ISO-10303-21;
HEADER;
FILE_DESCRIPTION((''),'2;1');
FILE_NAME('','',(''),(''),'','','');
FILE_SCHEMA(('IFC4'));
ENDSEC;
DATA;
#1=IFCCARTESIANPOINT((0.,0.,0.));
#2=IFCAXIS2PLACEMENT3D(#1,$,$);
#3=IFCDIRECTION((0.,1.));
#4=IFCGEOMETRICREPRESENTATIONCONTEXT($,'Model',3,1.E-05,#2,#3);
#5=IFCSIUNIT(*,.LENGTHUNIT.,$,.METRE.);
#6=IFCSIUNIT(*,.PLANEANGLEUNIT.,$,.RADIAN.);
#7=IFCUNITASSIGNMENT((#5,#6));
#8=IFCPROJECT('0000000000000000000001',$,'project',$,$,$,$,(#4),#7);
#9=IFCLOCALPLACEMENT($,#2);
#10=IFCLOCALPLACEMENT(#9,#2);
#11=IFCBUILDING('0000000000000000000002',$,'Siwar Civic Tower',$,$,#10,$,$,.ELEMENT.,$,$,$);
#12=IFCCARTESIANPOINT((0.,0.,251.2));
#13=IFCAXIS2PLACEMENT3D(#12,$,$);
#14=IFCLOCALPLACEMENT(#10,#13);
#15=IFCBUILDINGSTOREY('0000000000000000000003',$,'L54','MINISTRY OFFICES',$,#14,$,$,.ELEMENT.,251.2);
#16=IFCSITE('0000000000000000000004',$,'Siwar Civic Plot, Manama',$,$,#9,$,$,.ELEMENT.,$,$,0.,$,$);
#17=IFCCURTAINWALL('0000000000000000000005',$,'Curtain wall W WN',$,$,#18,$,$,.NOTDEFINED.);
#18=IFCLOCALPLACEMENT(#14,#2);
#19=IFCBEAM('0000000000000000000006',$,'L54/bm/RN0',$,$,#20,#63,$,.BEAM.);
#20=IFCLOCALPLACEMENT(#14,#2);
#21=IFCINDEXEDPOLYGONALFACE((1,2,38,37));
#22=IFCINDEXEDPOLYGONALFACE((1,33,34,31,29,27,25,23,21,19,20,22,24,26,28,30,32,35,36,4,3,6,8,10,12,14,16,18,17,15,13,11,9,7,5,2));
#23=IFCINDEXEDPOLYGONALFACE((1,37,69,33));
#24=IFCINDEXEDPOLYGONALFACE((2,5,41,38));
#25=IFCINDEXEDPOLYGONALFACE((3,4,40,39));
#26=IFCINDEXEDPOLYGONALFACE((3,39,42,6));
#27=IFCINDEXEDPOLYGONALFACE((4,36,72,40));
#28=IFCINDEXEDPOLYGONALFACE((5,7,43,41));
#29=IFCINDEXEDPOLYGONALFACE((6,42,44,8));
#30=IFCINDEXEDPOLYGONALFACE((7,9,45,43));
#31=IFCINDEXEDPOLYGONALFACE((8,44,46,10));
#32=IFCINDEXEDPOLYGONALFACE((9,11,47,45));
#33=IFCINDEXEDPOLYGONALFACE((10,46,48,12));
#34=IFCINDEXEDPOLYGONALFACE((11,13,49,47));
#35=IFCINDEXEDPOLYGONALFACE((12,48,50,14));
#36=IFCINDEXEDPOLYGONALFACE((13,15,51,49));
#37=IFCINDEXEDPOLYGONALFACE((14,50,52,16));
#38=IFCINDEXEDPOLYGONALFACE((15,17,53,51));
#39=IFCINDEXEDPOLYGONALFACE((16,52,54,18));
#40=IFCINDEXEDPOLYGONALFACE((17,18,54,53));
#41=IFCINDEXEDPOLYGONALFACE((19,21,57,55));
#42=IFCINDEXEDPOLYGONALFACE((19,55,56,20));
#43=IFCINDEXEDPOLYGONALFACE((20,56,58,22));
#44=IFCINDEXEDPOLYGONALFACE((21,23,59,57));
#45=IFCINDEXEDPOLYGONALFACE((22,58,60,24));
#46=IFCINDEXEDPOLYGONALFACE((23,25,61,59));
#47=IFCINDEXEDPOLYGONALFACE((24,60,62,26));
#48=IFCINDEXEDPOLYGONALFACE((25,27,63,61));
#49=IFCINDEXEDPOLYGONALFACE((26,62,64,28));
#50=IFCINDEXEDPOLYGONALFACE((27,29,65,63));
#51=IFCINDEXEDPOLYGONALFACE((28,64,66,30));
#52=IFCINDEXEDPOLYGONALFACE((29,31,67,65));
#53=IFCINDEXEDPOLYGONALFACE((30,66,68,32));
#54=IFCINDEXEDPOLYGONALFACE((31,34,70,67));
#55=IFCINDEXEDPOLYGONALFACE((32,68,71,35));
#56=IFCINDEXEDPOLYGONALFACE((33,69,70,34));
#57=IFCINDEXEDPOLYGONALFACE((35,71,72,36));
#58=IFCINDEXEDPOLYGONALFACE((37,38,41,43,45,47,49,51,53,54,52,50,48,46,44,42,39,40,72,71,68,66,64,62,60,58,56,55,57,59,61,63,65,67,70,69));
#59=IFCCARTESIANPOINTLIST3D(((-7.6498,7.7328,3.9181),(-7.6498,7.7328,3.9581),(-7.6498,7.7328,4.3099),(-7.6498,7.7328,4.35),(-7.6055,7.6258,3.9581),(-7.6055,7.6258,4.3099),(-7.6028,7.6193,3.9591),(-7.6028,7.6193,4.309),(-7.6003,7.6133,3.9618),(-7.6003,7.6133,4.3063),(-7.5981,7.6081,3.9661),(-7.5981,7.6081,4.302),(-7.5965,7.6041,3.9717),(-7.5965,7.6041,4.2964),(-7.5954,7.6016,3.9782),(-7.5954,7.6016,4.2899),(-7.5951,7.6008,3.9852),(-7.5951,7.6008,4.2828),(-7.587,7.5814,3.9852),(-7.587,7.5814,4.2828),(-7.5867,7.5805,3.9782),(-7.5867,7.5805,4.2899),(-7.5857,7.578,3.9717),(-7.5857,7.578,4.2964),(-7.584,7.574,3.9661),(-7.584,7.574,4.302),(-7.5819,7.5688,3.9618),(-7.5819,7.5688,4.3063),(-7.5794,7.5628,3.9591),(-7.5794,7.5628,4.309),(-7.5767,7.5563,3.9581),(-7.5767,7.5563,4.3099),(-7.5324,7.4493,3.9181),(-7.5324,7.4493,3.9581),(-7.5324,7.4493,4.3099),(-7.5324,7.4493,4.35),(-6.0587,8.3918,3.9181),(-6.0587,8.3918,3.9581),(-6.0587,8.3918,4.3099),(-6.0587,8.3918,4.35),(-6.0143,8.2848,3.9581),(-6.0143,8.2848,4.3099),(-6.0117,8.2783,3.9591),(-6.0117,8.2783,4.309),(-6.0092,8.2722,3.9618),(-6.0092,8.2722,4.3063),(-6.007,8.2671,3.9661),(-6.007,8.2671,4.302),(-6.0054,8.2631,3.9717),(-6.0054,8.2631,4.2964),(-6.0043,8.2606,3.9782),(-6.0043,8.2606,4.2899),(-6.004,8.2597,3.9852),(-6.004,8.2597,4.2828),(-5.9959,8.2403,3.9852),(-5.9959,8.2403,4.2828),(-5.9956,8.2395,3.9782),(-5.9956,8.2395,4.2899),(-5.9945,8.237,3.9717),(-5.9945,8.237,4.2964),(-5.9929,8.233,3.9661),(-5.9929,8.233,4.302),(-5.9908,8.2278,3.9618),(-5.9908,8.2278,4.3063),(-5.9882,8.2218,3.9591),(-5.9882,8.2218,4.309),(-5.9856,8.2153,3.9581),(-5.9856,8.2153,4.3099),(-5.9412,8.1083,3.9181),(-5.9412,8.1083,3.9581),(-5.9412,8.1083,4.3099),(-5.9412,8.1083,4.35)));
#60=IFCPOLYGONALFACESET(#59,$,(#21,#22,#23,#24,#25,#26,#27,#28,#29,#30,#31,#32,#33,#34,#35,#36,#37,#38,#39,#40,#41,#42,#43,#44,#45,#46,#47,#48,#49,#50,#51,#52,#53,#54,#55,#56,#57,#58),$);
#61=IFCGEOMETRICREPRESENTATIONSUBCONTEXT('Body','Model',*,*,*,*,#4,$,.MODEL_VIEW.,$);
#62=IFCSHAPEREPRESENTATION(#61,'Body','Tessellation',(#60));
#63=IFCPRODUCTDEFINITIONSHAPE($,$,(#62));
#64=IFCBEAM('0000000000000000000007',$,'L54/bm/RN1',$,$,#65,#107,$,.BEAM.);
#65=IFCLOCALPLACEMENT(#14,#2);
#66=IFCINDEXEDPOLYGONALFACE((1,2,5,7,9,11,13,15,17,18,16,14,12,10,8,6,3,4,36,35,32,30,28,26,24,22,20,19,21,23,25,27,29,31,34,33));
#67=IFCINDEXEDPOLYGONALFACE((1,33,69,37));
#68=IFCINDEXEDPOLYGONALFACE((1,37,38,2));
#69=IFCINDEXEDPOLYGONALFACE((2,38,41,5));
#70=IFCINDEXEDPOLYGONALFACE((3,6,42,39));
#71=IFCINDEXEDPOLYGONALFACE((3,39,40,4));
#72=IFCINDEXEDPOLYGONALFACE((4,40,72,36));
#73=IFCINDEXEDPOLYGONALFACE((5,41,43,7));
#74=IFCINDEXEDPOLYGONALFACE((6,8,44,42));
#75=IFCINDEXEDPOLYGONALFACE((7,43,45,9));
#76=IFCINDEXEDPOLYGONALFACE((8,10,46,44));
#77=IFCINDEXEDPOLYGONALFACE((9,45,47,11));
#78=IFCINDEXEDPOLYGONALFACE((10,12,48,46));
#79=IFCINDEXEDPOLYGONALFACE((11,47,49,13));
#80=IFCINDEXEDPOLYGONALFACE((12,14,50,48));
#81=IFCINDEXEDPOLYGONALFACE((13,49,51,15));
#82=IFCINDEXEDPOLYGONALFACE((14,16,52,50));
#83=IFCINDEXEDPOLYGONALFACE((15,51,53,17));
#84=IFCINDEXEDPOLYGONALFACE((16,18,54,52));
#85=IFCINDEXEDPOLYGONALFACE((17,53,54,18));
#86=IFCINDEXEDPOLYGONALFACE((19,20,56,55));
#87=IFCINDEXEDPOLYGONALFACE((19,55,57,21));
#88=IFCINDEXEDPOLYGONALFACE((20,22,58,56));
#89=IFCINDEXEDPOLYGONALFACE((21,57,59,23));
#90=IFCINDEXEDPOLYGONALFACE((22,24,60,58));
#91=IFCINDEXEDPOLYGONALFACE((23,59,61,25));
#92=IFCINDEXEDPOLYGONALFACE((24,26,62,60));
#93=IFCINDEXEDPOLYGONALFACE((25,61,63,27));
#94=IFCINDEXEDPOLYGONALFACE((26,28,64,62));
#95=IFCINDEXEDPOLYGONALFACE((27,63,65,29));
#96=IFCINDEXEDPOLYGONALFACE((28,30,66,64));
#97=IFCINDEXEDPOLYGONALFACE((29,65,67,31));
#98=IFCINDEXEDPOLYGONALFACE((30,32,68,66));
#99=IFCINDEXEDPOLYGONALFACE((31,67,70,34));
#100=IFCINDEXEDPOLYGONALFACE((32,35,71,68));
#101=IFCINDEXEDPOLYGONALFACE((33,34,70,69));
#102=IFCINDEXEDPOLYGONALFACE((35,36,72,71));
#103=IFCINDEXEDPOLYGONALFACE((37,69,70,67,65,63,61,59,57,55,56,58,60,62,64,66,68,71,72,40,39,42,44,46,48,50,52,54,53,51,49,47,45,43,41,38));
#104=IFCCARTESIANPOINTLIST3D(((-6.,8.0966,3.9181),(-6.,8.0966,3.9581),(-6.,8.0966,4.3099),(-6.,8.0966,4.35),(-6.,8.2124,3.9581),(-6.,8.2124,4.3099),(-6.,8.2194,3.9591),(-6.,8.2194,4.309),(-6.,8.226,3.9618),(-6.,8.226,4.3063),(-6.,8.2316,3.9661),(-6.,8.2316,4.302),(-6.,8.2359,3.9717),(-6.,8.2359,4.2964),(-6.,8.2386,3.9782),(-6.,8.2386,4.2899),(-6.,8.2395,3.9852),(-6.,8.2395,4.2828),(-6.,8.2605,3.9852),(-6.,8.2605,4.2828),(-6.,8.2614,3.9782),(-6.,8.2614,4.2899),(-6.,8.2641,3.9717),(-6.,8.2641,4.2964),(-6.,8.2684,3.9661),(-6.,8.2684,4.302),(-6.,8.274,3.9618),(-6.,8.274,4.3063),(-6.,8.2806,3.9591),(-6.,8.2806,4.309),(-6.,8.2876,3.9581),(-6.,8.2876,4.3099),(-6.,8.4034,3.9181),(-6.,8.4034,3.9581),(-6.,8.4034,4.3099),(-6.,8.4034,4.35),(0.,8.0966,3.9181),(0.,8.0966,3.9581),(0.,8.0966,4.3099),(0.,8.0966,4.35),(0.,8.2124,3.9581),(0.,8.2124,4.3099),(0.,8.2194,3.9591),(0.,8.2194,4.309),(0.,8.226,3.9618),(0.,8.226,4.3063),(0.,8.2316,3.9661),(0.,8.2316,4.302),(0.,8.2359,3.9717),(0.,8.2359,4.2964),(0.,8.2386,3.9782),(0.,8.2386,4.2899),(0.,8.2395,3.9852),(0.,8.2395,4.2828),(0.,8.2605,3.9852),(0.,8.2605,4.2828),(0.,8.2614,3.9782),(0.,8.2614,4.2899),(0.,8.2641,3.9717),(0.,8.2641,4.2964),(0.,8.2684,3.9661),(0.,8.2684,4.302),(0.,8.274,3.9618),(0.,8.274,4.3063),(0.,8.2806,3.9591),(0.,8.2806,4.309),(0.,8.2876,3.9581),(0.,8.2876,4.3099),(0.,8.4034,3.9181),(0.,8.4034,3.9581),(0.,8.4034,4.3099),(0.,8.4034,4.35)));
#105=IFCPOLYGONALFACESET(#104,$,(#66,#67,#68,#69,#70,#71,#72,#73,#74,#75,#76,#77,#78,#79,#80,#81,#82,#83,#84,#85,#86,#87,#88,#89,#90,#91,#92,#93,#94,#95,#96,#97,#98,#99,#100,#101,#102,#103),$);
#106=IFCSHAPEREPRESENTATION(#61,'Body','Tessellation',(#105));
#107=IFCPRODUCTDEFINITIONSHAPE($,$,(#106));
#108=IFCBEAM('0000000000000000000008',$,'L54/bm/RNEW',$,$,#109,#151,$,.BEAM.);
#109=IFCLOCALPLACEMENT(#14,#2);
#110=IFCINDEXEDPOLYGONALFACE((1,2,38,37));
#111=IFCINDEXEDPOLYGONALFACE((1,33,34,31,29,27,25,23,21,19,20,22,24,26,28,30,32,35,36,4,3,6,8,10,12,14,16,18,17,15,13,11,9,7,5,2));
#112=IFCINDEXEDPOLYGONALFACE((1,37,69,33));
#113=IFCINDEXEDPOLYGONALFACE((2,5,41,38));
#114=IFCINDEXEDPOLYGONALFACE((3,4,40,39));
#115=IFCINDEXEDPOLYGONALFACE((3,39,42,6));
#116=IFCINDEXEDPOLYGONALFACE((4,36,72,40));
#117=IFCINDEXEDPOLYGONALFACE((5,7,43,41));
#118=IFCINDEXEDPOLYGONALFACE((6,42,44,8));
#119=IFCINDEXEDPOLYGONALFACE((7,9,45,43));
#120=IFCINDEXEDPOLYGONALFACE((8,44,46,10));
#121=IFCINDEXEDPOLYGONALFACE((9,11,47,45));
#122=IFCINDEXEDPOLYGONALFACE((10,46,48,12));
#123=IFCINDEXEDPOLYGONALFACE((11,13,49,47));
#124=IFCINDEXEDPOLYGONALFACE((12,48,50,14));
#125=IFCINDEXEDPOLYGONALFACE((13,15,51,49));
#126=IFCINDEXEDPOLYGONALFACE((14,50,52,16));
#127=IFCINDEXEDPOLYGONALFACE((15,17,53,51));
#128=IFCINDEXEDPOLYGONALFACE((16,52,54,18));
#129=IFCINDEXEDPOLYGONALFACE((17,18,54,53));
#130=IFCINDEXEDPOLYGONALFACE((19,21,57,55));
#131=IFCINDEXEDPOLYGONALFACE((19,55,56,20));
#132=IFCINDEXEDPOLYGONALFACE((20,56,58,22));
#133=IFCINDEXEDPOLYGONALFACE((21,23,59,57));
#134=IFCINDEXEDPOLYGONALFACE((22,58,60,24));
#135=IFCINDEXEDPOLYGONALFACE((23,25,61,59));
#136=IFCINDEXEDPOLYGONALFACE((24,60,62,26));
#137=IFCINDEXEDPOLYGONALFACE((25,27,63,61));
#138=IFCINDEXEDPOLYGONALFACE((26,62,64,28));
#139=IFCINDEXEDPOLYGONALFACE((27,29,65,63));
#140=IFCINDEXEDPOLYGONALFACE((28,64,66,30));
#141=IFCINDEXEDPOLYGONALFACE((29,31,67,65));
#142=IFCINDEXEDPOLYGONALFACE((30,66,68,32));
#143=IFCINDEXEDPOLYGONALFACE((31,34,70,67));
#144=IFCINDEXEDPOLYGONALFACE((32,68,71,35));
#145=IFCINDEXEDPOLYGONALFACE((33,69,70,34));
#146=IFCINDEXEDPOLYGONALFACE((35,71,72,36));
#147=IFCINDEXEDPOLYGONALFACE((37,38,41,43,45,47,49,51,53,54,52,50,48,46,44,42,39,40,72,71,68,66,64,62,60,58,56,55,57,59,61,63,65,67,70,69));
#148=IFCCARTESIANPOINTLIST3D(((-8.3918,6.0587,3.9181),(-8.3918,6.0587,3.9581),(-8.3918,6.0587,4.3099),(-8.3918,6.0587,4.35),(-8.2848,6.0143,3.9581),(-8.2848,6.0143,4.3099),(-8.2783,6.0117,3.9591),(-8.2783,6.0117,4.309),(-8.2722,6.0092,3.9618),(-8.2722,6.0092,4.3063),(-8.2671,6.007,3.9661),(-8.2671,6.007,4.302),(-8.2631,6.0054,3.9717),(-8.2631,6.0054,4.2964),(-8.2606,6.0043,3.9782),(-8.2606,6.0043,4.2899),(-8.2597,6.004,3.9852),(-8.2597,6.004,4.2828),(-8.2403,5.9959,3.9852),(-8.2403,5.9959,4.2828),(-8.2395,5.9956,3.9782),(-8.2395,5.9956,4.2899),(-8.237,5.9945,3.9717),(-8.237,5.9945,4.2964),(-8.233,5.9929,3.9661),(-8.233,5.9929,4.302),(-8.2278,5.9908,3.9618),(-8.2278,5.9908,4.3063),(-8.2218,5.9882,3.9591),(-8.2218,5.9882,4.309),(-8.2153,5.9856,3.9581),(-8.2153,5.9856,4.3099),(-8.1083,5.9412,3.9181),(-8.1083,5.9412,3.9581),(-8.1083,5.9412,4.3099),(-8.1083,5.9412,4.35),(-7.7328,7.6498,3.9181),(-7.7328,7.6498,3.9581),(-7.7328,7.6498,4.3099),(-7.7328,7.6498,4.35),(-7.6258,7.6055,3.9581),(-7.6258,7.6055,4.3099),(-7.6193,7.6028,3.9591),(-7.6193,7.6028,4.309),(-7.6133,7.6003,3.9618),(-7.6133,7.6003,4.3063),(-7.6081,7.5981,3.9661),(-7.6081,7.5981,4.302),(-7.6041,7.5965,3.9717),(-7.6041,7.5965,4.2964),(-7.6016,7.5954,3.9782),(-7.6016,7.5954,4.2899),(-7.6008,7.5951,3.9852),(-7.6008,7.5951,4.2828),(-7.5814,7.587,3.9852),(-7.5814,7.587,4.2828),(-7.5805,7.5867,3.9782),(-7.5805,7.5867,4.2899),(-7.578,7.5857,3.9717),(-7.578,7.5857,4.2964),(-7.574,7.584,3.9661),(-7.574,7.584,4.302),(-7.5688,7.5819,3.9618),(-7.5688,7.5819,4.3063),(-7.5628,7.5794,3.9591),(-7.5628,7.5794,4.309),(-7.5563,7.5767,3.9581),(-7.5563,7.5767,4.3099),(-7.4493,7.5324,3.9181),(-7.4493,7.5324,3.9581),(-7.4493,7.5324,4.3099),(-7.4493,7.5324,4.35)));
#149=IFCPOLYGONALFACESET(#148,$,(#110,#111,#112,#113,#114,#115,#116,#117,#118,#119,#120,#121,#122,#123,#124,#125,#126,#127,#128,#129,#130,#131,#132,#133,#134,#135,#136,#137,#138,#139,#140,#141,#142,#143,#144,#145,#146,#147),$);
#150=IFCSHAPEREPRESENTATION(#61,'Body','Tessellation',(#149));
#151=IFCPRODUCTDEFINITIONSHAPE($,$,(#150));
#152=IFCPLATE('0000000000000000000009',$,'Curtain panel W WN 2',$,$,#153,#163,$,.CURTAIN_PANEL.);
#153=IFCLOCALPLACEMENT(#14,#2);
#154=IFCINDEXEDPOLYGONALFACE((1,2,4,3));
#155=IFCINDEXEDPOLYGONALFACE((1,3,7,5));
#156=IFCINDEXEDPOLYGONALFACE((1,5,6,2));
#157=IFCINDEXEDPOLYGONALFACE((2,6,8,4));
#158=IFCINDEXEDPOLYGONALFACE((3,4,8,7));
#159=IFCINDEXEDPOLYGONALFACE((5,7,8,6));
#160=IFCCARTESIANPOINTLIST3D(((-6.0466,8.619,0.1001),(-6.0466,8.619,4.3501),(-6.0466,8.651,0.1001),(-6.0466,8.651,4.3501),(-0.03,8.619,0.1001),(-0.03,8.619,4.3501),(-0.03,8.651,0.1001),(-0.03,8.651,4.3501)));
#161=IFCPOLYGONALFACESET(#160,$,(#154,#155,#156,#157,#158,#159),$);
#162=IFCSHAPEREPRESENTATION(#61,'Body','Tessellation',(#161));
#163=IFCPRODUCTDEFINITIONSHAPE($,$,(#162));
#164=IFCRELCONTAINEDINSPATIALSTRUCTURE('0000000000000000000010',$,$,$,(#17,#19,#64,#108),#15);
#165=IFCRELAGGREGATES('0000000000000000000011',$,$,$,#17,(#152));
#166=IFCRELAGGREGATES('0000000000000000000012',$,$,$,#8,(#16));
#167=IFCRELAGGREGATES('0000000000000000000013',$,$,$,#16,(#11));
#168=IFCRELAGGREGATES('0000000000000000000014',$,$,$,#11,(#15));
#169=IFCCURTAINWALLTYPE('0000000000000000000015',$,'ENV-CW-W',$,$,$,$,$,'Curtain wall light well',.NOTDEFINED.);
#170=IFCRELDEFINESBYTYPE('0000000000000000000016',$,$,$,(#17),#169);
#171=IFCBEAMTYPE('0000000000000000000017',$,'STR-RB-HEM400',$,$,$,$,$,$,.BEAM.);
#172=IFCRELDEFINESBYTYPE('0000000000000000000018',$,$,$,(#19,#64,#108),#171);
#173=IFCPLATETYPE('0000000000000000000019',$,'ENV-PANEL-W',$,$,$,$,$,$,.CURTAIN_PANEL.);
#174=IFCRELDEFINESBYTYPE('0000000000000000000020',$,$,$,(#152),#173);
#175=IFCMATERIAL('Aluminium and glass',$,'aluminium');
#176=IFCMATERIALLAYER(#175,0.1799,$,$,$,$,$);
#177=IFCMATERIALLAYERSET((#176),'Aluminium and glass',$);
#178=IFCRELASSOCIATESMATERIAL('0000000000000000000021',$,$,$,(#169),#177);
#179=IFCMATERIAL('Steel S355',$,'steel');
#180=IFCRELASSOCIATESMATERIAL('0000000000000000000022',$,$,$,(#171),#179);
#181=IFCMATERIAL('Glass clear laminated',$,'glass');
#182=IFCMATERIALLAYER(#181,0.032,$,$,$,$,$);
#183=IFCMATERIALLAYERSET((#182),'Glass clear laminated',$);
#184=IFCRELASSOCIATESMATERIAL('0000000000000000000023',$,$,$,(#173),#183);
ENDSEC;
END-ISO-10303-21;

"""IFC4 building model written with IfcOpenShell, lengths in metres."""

from ifc_helpers import new_model, si_unit, direction, frame, origin, origin_2d, place, context, subcontext, project, spatial, rectangle, i_section, extrude, material, layer, layer_set, material_profile, profile_set, type_object, element, aggregate, save


model = new_model("IFC4")

# Units and contexts
model_context = context("Model", 3, precision=1e-05, world=origin(), true_north=direction((0.0, 1.0)))
body_context = subcontext(model_context, "Body", "Model", "MODEL_VIEW")
ifc_project = project(units=[si_unit("LENGTHUNIT", "METRE"), si_unit("PLANEANGLEUNIT", "RADIAN")], contexts=[model_context])

# Site, building, storey
site_placement = place(None, origin())
site = spatial("IfcSite", under=ifc_project, at=site_placement, Name="Siwar Civic Plot, Manama", CompositionType="ELEMENT", RefElevation=0.0)
building_placement = place(site_placement, origin())
building = spatial("IfcBuilding", under=site, at=building_placement, Name="Siwar Civic Tower", CompositionType="ELEMENT")
storey_placement = place(building_placement, frame((0.0, 0.0, 251.2)))
storey = spatial("IfcBuildingStorey", under=building, at=storey_placement, Name="L54", Description="MINISTRY OFFICES", CompositionType="ELEMENT", Elevation=251.2)

# Curtain wall
ifc_material_1 = material(Name="Aluminium and glass", Category="aluminium")
ifc_layer_1 = layer(ifc_material_1, 0.1799)
ifc_layer_set_1 = layer_set([ifc_layer_1], Name="Aluminium and glass")
curtain_wall_type = type_object("IfcCurtainWallType", Name="ENV-CW-W", ElementType="Curtain wall light well", PredefinedType="NOTDEFINED", material=ifc_layer_set_1)
curtain_wall_placement = place(storey_placement, origin())
curtain_wall = element("IfcCurtainWall", 1, at=curtain_wall_placement, inside=storey, type_object=curtain_wall_type, Name="Curtain wall W WN", PredefinedType="NOTDEFINED")

# Beams
ifc_material_2 = material(Name="Steel S355", Category="steel")
ifc_material_profile_1 = material_profile(ifc_material_2, i_section(OverallWidth=0.3069, OverallDepth=0.4319, WebThickness=0.021, FlangeThickness=0.04, FilletRadius=0.0271, at=origin_2d()), Name="HEM400")
ifc_profile_set_1 = profile_set([ifc_material_profile_1], Name="Steel S355")
beam_type_1 = type_object("IfcBeamType", Name="STR-RB-HEM400", PredefinedType="BEAM", material=ifc_profile_set_1)
beam_1_placement = place(storey_placement, frame((-7.5911, 7.5911, 4.134), z_axis=(0.923901, 0.382631, 0.0), x_axis=(-0.382631, 0.923901, 0.0)))
element("IfcBeam", 2, at=beam_1_placement, inside=storey, type_object=beam_type_1, Name="L54/bm/RN0", PredefinedType="BEAM", context=body_context, shape_type="SweptSolid", body=[
    extrude(i_section(OverallWidth=0.3069, OverallDepth=0.4319, WebThickness=0.021, FlangeThickness=0.04, FilletRadius=0.0271, at=origin_2d()), origin(), (0.0, 0.0, 1.0), 1.7222),
])
beam_2_placement = place(storey_placement, frame((-6.0, 8.25, 4.134), z_axis=(1.0, 0.0, 0.0), x_axis=(0.0, 1.0, 0.0)))
element("IfcBeam", 3, at=beam_2_placement, inside=storey, type_object=beam_type_1, Name="L54/bm/RN1", PredefinedType="BEAM", context=body_context, shape_type="SweptSolid", body=[
    extrude(i_section(OverallWidth=0.3069, OverallDepth=0.4319, WebThickness=0.021, FlangeThickness=0.04, FilletRadius=0.0271, at=origin_2d()), origin(), (0.0, 0.0, 1.0), 6.0),
])
beam_3_placement = place(storey_placement, frame((-7.5911, 7.5911, 4.134), z_axis=(-0.382631, -0.923901, 0.0), x_axis=(0.923901, -0.382631, 0.0)))
element("IfcBeam", 4, at=beam_3_placement, inside=storey, type_object=beam_type_1, Name="L54/bm/RNEW", PredefinedType="BEAM", context=body_context, shape_type="SweptSolid", body=[
    extrude(i_section(OverallWidth=0.3069, OverallDepth=0.4319, WebThickness=0.021, FlangeThickness=0.04, FilletRadius=0.0271, at=origin_2d()), origin(), (0.0, 0.0, 1.0), 1.7222),
])

# Plate
ifc_material_3 = material(Name="Glass clear laminated", Category="glass")
ifc_layer_2 = layer(ifc_material_3, 0.032)
ifc_layer_set_2 = layer_set([ifc_layer_2], Name="Glass clear laminated")
plate_type = type_object("IfcPlateType", Name="ENV-PANEL-W", PredefinedType="CURTAIN_PANEL", material=ifc_layer_set_2)
plate_placement = place(storey_placement, frame((-3.0383, 8.635, 0.1001), z_axis=(0.0, 0.0, 1.0), x_axis=(-1.0, 0.0, 0.0)))
plate = element("IfcPlate", 5, at=plate_placement, type_object=plate_type, Name="Curtain panel W WN 2", PredefinedType="CURTAIN_PANEL", context=body_context, shape_type="SweptSolid", body=[
    extrude(rectangle(XDim=6.0166, YDim=0.032, at=origin_2d()), origin(), (0.0, 0.0, 1.0), 4.25),
])
aggregate(curtain_wall, [plate])

save(model, "model.ifc")
